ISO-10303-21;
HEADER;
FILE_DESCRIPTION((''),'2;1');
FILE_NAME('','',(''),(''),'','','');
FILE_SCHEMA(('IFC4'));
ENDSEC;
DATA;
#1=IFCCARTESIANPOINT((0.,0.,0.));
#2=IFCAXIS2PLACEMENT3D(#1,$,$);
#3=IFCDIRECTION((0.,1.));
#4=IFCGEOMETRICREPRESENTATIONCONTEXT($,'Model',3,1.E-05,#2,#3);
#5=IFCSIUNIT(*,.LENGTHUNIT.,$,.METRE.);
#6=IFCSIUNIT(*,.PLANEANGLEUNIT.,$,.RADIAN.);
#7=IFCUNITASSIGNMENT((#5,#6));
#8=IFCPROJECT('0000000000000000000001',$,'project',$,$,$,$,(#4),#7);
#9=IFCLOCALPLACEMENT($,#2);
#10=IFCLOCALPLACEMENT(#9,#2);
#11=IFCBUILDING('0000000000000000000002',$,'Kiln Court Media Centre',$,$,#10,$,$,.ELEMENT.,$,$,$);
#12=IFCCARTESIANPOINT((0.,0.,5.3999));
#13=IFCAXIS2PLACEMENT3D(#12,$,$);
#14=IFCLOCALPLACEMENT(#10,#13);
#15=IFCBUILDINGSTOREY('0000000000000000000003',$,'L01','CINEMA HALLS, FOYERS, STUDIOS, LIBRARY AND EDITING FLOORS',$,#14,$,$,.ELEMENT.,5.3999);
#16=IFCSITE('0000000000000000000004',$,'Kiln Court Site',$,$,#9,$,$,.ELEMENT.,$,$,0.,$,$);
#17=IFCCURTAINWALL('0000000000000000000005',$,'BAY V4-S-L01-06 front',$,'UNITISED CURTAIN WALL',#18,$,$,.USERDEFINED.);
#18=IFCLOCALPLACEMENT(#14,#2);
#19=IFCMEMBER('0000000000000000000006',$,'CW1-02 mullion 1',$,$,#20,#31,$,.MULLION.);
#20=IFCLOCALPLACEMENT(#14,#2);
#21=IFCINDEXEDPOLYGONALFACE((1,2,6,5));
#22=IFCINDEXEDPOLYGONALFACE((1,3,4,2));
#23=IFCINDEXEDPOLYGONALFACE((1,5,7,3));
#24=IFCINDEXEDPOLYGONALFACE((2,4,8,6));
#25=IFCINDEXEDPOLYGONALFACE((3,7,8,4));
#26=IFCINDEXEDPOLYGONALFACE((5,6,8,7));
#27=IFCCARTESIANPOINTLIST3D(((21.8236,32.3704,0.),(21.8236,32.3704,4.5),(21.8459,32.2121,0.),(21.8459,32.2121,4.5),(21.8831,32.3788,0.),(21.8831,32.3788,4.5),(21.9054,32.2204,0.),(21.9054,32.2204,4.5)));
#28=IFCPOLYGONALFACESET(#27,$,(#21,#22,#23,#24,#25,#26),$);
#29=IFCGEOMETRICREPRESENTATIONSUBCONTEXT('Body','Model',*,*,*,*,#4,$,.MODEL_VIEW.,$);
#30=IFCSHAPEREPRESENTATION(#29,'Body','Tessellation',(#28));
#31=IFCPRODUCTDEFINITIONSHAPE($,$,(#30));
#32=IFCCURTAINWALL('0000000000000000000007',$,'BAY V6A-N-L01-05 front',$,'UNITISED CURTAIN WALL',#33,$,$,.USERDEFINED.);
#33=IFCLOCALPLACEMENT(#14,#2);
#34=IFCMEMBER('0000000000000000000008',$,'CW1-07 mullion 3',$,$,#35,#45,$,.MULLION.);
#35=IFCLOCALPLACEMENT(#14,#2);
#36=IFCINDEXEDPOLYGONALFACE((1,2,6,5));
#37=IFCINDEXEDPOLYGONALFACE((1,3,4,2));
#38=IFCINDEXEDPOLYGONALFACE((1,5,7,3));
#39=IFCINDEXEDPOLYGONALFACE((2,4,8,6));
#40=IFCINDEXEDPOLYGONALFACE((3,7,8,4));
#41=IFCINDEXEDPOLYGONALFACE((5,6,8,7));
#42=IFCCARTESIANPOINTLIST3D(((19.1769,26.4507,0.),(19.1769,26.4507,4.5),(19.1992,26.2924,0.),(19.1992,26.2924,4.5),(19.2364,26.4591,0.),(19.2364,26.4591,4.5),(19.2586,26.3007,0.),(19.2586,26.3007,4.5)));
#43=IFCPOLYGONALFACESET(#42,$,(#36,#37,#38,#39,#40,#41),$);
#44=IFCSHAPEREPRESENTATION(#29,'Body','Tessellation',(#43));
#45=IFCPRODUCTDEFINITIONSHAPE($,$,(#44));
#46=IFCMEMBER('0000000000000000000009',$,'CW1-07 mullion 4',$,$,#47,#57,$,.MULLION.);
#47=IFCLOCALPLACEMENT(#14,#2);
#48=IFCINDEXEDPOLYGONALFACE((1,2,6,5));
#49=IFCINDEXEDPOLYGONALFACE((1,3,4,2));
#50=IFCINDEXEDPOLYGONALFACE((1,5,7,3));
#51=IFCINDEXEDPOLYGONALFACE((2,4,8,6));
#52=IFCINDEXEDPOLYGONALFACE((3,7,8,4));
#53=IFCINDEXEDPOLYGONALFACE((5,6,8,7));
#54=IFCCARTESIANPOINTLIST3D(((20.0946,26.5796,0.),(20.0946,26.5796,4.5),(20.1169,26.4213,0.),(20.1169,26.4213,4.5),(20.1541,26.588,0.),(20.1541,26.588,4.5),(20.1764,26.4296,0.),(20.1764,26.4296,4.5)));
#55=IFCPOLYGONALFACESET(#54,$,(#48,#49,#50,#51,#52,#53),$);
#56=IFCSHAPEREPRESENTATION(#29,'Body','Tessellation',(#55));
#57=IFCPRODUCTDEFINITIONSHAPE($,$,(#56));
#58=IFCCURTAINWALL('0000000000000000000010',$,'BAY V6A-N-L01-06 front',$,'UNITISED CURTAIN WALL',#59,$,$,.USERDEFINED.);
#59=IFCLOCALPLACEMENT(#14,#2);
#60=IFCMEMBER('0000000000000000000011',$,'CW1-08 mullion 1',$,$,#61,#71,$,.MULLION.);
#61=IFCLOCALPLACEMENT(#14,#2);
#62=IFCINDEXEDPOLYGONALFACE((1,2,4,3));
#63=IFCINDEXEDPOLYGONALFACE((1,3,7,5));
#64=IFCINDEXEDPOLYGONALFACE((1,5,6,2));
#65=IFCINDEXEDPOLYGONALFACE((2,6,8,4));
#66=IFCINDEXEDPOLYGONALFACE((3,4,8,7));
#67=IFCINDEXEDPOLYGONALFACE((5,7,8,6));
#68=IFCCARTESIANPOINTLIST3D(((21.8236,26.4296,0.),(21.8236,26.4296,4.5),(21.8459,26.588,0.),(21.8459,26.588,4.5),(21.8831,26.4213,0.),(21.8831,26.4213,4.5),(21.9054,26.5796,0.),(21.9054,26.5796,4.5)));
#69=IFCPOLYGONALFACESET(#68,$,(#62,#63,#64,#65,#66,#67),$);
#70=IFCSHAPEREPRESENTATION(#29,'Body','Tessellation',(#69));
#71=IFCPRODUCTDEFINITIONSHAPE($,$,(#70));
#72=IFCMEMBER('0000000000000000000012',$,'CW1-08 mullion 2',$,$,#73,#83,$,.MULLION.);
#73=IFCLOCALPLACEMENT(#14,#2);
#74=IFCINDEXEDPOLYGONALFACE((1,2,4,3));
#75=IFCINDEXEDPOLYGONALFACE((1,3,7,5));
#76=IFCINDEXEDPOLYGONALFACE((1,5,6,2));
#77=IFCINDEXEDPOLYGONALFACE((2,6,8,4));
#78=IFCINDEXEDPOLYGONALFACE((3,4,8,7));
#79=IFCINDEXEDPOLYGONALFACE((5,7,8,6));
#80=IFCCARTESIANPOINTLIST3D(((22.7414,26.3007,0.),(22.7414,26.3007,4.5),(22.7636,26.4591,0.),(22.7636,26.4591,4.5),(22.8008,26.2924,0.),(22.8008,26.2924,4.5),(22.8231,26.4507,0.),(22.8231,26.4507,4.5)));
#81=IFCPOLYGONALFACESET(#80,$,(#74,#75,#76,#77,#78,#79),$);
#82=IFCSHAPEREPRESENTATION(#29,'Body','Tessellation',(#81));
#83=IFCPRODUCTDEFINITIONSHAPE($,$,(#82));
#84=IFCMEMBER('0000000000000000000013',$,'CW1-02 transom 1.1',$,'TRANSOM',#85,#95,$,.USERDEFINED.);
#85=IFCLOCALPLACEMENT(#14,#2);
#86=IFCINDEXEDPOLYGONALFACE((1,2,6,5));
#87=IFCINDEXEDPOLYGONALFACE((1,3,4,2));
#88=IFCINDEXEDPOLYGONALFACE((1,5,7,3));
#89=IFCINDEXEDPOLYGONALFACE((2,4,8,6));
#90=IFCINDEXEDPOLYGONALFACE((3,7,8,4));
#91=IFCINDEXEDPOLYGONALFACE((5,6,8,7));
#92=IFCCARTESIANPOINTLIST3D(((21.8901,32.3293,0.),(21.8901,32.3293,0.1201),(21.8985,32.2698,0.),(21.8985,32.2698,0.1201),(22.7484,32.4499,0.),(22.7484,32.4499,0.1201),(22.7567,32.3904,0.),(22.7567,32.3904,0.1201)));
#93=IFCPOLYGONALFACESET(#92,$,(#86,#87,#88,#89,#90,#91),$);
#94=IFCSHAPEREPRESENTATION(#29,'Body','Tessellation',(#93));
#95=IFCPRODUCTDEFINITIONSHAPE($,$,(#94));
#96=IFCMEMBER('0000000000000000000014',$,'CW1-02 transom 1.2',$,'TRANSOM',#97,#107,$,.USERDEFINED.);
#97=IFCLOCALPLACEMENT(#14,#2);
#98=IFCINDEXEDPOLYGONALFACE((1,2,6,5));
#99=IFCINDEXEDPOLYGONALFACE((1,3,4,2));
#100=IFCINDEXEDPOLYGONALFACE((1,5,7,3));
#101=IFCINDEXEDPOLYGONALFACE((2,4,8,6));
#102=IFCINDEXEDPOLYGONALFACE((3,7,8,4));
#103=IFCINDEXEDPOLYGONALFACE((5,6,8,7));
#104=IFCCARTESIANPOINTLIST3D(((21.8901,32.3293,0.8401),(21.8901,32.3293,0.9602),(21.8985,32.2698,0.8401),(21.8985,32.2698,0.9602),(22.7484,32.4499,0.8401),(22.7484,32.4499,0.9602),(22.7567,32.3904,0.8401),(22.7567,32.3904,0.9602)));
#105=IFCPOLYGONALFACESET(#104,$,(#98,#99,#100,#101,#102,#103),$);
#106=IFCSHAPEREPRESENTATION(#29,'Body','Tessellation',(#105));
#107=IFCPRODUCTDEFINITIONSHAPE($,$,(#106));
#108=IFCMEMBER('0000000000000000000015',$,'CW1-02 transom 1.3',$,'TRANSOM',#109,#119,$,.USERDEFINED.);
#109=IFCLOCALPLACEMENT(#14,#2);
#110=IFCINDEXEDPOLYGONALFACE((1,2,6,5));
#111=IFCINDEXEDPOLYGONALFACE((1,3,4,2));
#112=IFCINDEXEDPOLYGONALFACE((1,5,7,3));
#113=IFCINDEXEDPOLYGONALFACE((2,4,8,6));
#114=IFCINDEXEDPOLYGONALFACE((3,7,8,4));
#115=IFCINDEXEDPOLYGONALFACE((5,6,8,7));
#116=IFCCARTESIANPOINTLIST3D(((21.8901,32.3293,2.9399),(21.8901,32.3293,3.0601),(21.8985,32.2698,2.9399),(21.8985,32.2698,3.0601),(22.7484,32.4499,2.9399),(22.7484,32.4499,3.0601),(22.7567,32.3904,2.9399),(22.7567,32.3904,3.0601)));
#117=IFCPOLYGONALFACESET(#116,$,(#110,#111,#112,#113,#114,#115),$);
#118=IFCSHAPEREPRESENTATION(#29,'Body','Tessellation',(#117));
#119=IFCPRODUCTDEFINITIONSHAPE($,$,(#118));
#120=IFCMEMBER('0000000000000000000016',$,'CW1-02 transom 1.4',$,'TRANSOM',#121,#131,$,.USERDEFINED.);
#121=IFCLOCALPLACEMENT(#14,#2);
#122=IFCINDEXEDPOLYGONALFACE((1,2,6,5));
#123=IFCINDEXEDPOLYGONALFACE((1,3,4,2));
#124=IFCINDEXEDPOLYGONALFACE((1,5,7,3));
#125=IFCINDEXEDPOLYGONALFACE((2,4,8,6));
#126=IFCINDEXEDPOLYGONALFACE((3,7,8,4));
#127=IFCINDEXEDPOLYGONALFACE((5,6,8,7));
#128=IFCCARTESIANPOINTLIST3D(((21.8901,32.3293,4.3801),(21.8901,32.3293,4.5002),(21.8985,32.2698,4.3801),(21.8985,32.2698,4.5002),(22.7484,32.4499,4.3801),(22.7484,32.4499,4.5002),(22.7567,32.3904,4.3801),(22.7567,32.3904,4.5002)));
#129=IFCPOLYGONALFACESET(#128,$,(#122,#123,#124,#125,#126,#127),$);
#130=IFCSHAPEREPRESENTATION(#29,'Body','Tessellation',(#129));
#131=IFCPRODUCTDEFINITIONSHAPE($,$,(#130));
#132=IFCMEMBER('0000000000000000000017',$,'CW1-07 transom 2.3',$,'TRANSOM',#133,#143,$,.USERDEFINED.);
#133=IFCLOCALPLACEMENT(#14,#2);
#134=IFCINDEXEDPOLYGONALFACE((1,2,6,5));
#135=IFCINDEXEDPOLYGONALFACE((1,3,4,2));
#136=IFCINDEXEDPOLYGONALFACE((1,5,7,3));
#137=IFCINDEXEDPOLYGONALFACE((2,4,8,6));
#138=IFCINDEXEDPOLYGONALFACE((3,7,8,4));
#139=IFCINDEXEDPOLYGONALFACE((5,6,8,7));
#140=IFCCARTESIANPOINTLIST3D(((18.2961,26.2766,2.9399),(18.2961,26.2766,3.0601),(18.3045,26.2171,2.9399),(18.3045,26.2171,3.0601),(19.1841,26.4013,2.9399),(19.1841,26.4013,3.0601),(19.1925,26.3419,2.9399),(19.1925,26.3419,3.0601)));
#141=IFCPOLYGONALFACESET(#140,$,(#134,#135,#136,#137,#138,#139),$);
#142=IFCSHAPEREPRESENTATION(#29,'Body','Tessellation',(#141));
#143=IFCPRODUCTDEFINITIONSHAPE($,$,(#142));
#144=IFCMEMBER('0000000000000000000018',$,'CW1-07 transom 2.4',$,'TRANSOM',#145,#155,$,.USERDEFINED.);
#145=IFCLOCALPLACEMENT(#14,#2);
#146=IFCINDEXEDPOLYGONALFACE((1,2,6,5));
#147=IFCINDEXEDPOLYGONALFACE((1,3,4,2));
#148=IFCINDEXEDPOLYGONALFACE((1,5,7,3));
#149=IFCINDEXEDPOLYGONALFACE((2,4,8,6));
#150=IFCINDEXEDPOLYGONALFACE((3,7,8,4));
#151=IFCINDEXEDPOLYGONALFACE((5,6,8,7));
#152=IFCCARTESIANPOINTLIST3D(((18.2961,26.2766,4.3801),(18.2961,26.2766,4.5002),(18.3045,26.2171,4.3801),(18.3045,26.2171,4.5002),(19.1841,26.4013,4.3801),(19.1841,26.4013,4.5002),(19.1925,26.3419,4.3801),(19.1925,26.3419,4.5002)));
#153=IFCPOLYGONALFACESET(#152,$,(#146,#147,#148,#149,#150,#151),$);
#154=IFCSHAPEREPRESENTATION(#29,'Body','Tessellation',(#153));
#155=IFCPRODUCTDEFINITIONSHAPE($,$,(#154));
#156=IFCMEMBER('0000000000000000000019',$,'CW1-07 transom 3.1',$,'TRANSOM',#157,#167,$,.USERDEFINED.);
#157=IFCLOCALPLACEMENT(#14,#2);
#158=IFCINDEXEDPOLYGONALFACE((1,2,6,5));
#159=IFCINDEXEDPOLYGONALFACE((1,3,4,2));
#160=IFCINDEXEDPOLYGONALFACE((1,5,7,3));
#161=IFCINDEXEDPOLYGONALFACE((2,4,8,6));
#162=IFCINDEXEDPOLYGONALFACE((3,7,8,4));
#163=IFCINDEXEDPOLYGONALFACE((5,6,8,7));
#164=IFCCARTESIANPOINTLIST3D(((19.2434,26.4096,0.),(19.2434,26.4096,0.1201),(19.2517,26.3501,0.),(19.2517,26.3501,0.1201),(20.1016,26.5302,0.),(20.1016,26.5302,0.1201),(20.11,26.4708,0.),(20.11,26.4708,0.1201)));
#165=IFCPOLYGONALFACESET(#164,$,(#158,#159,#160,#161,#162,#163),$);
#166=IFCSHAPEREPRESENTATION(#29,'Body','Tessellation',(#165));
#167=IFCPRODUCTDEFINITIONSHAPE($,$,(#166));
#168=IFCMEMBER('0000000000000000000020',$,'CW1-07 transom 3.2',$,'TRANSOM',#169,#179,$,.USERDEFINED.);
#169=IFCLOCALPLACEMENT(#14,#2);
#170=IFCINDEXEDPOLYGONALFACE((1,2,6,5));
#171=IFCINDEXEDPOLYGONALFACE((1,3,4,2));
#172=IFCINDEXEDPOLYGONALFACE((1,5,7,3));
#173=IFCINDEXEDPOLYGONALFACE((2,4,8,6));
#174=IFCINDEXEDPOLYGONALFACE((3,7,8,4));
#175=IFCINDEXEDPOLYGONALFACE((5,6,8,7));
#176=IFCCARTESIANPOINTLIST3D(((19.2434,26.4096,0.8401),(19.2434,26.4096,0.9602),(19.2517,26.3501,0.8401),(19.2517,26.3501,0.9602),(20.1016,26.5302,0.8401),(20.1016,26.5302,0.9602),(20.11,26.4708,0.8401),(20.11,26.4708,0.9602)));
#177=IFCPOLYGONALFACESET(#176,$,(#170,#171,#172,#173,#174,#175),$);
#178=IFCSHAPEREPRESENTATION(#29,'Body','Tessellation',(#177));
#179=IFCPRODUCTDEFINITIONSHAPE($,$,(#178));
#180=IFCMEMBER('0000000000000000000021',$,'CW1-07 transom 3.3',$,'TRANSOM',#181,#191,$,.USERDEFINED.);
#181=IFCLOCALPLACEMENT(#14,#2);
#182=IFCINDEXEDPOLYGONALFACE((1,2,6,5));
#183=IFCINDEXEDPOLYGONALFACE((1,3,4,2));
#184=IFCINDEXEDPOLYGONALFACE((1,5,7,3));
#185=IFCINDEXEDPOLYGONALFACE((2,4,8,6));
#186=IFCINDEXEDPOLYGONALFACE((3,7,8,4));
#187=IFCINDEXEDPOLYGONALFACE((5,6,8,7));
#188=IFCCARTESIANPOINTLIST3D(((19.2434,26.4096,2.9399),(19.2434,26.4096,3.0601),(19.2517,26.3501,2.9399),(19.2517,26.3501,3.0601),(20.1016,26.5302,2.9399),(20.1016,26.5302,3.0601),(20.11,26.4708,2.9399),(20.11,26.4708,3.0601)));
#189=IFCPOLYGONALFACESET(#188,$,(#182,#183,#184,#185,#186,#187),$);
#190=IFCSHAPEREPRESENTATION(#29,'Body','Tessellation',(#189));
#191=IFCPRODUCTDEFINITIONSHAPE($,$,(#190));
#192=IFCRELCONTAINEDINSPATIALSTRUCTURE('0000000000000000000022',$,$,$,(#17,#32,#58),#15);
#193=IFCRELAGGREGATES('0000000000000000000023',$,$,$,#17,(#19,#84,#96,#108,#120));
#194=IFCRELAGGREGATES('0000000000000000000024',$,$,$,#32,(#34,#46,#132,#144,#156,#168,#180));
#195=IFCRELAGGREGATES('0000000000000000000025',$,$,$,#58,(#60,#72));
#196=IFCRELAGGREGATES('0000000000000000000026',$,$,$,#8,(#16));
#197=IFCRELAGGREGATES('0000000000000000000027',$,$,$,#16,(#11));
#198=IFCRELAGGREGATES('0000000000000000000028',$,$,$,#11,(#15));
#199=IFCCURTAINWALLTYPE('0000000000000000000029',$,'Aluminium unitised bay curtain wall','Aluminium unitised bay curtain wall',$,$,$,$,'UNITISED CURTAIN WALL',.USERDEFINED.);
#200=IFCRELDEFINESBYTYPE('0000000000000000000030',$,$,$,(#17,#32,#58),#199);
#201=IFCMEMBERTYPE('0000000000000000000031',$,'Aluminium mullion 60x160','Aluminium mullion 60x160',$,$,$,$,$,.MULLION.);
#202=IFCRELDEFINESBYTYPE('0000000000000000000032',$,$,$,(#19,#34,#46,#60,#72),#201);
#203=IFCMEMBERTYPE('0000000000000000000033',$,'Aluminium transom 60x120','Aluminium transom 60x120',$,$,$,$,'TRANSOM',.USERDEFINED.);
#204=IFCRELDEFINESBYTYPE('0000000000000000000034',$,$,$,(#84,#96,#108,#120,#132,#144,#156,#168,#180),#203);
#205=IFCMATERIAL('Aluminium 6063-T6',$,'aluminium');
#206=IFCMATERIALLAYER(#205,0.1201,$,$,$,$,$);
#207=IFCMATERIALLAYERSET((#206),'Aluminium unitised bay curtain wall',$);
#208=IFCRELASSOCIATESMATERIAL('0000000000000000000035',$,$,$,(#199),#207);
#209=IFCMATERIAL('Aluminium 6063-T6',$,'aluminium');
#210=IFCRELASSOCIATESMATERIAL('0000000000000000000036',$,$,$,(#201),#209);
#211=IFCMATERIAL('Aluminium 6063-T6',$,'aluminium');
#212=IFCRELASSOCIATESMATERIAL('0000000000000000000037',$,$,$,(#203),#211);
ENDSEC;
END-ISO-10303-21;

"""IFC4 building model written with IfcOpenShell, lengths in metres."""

from ifc_helpers import new_model, si_unit, direction, frame, origin, origin_2d, place, context, subcontext, project, spatial, rectangle, extrude, material, layer, layer_set, material_profile, profile_set, type_object, element, aggregate, save


model = new_model("IFC4")

# Units and contexts
model_context = context("Model", 3, precision=1e-05, world=origin(), true_north=direction((0.0, 1.0)))
body_context = subcontext(model_context, "Body", "Model", "MODEL_VIEW")
ifc_project = project(units=[si_unit("LENGTHUNIT", "METRE"), si_unit("PLANEANGLEUNIT", "RADIAN")], contexts=[model_context])

# Site, building, storey
site_placement = place(None, origin())
site = spatial("IfcSite", under=ifc_project, at=site_placement, Name="Kiln Court Site", CompositionType="ELEMENT", RefElevation=0.0)
building_placement = place(site_placement, origin())
building = spatial("IfcBuilding", under=site, at=building_placement, Name="Kiln Court Media Centre", CompositionType="ELEMENT")
storey_placement = place(building_placement, frame((0.0, 0.0, 5.3999)))
storey = spatial("IfcBuildingStorey", under=building, at=storey_placement, Name="L01", Description="CINEMA HALLS, FOYERS, STUDIOS, LIBRARY AND EDITING FLOORS", CompositionType="ELEMENT", Elevation=5.3999)

# Curtain wall, member
ifc_material_1 = material(Name="Aluminium 6063-T6", Category="aluminium")
ifc_layer_1 = layer(ifc_material_1, 0.1201)
ifc_layer_set_1 = layer_set([ifc_layer_1], Name="Aluminium unitised bay curtain wall")
curtain_wall_type = type_object("IfcCurtainWallType", Name="Aluminium unitised bay curtain wall", Description="Aluminium unitised bay curtain wall", ElementType="UNITISED CURTAIN WALL", PredefinedType="USERDEFINED", material=ifc_layer_set_1)
curtain_wall_1_placement = place(storey_placement, origin())
curtain_wall_1 = element("IfcCurtainWall", 1, at=curtain_wall_1_placement, inside=storey, type_object=curtain_wall_type, Name="BAY V4-S-L01-06 front", ObjectType="UNITISED CURTAIN WALL", PredefinedType="USERDEFINED")
ifc_material_2 = material(Name="Aluminium 6063-T6", Category="aluminium")
ifc_material_profile_1 = material_profile(ifc_material_2, rectangle(XDim=0.0601, YDim=0.1599, at=origin_2d()), Name="Aluminium mullion 60x160")
ifc_profile_set_1 = profile_set([ifc_material_profile_1], Name="Aluminium 6063-T6")
member_type_1 = type_object("IfcMemberType", Name="Aluminium mullion 60x160", Description="Aluminium mullion 60x160", PredefinedType="MULLION", material=ifc_profile_set_1)
member_1_placement = place(storey_placement, frame((21.8645, 32.2954, 0.0), z_axis=(0.0, 0.0, 1.0), x_axis=(0.99027, 0.139162, 0.0)))
member_1 = element("IfcMember", 2, at=member_1_placement, type_object=member_type_1, Name="CW1-02 mullion 1", PredefinedType="MULLION", context=body_context, shape_type="SweptSolid", body=[
    extrude(rectangle(XDim=0.0601, YDim=0.1599, at=origin_2d()), origin(), (0.0, 0.0, 1.0), 4.5),
])

# Curtain walls, members
curtain_wall_2_placement = place(storey_placement, origin())
curtain_wall_2 = element("IfcCurtainWall", 3, at=curtain_wall_2_placement, inside=storey, type_object=curtain_wall_type, Name="BAY V6A-N-L01-05 front", ObjectType="UNITISED CURTAIN WALL", PredefinedType="USERDEFINED")
member_2_placement = place(storey_placement, frame((19.2178, 26.3757, 0.0), z_axis=(0.0, 0.0, 1.0), x_axis=(0.99027, 0.139162, 0.0)))
member_2 = element("IfcMember", 4, at=member_2_placement, type_object=member_type_1, Name="CW1-07 mullion 3", PredefinedType="MULLION", context=body_context, shape_type="SweptSolid", body=[
    extrude(rectangle(XDim=0.0601, YDim=0.1599, at=origin_2d()), origin(), (0.0, 0.0, 1.0), 4.5),
])
member_3_placement = place(storey_placement, frame((20.1355, 26.5046, 0.0), z_axis=(0.0, 0.0, 1.0), x_axis=(0.99027, 0.139162, 0.0)))
member_3 = element("IfcMember", 5, at=member_3_placement, type_object=member_type_1, Name="CW1-07 mullion 4", PredefinedType="MULLION", context=body_context, shape_type="SweptSolid", body=[
    extrude(rectangle(XDim=0.0601, YDim=0.1599, at=origin_2d()), origin(), (0.0, 0.0, 1.0), 4.5),
])
curtain_wall_3_placement = place(storey_placement, origin())
curtain_wall_3 = element("IfcCurtainWall", 6, at=curtain_wall_3_placement, inside=storey, type_object=curtain_wall_type, Name="BAY V6A-N-L01-06 front", ObjectType="UNITISED CURTAIN WALL", PredefinedType="USERDEFINED")
member_4_placement = place(storey_placement, frame((21.8645, 26.5046, 0.0), z_axis=(0.0, 0.0, 1.0), x_axis=(0.99027, -0.139162, 0.0)))
member_4 = element("IfcMember", 7, at=member_4_placement, type_object=member_type_1, Name="CW1-08 mullion 1", PredefinedType="MULLION", context=body_context, shape_type="SweptSolid", body=[
    extrude(rectangle(XDim=0.0601, YDim=0.1599, at=origin_2d()), origin(), (0.0, 0.0, 1.0), 4.5),
])
member_5_placement = place(storey_placement, frame((22.7822, 26.3757, 0.0), z_axis=(0.0, 0.0, 1.0), x_axis=(0.99027, -0.139162, 0.0)))
member_5 = element("IfcMember", 8, at=member_5_placement, type_object=member_type_1, Name="CW1-08 mullion 2", PredefinedType="MULLION", context=body_context, shape_type="SweptSolid", body=[
    extrude(rectangle(XDim=0.0601, YDim=0.1599, at=origin_2d()), origin(), (0.0, 0.0, 1.0), 4.5),
])

# Members
ifc_material_3 = material(Name="Aluminium 6063-T6", Category="aluminium")
ifc_material_profile_2 = material_profile(ifc_material_3, rectangle(XDim=0.0601, YDim=0.1201, at=origin_2d()), Name="Aluminium transom 60x120")
ifc_profile_set_2 = profile_set([ifc_material_profile_2], Name="Aluminium 6063-T6")
member_type_2 = type_object("IfcMemberType", Name="Aluminium transom 60x120", Description="Aluminium transom 60x120", ElementType="TRANSOM", PredefinedType="USERDEFINED", material=ifc_profile_set_2)
member_6_placement = place(storey_placement, frame((21.8943, 32.2996, 0.0601), z_axis=(0.990268, 0.139173, 0.0), x_axis=(-0.139173, 0.990268, 0.0)))
member_6 = element("IfcMember", 9, at=member_6_placement, type_object=member_type_2, Name="CW1-02 transom 1.1", ObjectType="TRANSOM", PredefinedType="USERDEFINED", context=body_context, shape_type="SweptSolid", body=[
    extrude(rectangle(XDim=0.0601, YDim=0.1201, at=origin_2d()), origin(), (0.0, 0.0, 1.0), 0.8667),
])
member_7_placement = place(storey_placement, frame((21.8943, 32.2996, 0.9001), z_axis=(0.990268, 0.139173, 0.0), x_axis=(-0.139173, 0.990268, 0.0)))
member_7 = element("IfcMember", 10, at=member_7_placement, type_object=member_type_2, Name="CW1-02 transom 1.2", ObjectType="TRANSOM", PredefinedType="USERDEFINED", context=body_context, shape_type="SweptSolid", body=[
    extrude(rectangle(XDim=0.0601, YDim=0.1201, at=origin_2d()), origin(), (0.0, 0.0, 1.0), 0.8667),
])
member_8_placement = place(storey_placement, frame((21.8943, 32.2996, 3.0), z_axis=(0.990268, 0.139173, 0.0), x_axis=(-0.139173, 0.990268, 0.0)))
member_8 = element("IfcMember", 11, at=member_8_placement, type_object=member_type_2, Name="CW1-02 transom 1.3", ObjectType="TRANSOM", PredefinedType="USERDEFINED", context=body_context, shape_type="SweptSolid", body=[
    extrude(rectangle(XDim=0.0601, YDim=0.1201, at=origin_2d()), origin(), (0.0, 0.0, 1.0), 0.8667),
])
member_9_placement = place(storey_placement, frame((21.8943, 32.2996, 4.4402), z_axis=(0.990268, 0.139173, 0.0), x_axis=(-0.139173, 0.990268, 0.0)))
member_9 = element("IfcMember", 12, at=member_9_placement, type_object=member_type_2, Name="CW1-02 transom 1.4", ObjectType="TRANSOM", PredefinedType="USERDEFINED", context=body_context, shape_type="SweptSolid", body=[
    extrude(rectangle(XDim=0.0601, YDim=0.1201, at=origin_2d()), origin(), (0.0, 0.0, 1.0), 0.8667),
])
aggregate(curtain_wall_1, [member_1, member_6, member_7, member_8, member_9])
member_10_placement = place(storey_placement, frame((18.3003, 26.2468, 3.0), z_axis=(0.990274, 0.139134, 0.0), x_axis=(-0.139134, 0.990274, 0.0)))
member_10 = element("IfcMember", 13, at=member_10_placement, type_object=member_type_2, Name="CW1-07 transom 2.3", ObjectType="TRANSOM", PredefinedType="USERDEFINED", context=body_context, shape_type="SweptSolid", body=[
    extrude(rectangle(XDim=0.0601, YDim=0.1201, at=origin_2d()), origin(), (0.0, 0.0, 1.0), 0.8967),
])
member_11_placement = place(storey_placement, frame((18.3003, 26.2468, 4.4402), z_axis=(0.990274, 0.139134, 0.0), x_axis=(-0.139134, 0.990274, 0.0)))
member_11 = element("IfcMember", 14, at=member_11_placement, type_object=member_type_2, Name="CW1-07 transom 2.4", ObjectType="TRANSOM", PredefinedType="USERDEFINED", context=body_context, shape_type="SweptSolid", body=[
    extrude(rectangle(XDim=0.0601, YDim=0.1201, at=origin_2d()), origin(), (0.0, 0.0, 1.0), 0.8967),
])
member_12_placement = place(storey_placement, frame((19.2476, 26.3799, 0.0601), z_axis=(0.990268, 0.139173, 0.0), x_axis=(-0.139173, 0.990268, 0.0)))
member_12 = element("IfcMember", 15, at=member_12_placement, type_object=member_type_2, Name="CW1-07 transom 3.1", ObjectType="TRANSOM", PredefinedType="USERDEFINED", context=body_context, shape_type="SweptSolid", body=[
    extrude(rectangle(XDim=0.0601, YDim=0.1201, at=origin_2d()), origin(), (0.0, 0.0, 1.0), 0.8667),
])
member_13_placement = place(storey_placement, frame((19.2476, 26.3799, 0.9001), z_axis=(0.990268, 0.139173, 0.0), x_axis=(-0.139173, 0.990268, 0.0)))
member_13 = element("IfcMember", 16, at=member_13_placement, type_object=member_type_2, Name="CW1-07 transom 3.2", ObjectType="TRANSOM", PredefinedType="USERDEFINED", context=body_context, shape_type="SweptSolid", body=[
    extrude(rectangle(XDim=0.0601, YDim=0.1201, at=origin_2d()), origin(), (0.0, 0.0, 1.0), 0.8667),
])
member_14_placement = place(storey_placement, frame((19.2476, 26.3799, 3.0), z_axis=(0.990268, 0.139173, 0.0), x_axis=(-0.139173, 0.990268, 0.0)))
member_14 = element("IfcMember", 17, at=member_14_placement, type_object=member_type_2, Name="CW1-07 transom 3.3", ObjectType="TRANSOM", PredefinedType="USERDEFINED", context=body_context, shape_type="SweptSolid", body=[
    extrude(rectangle(XDim=0.0601, YDim=0.1201, at=origin_2d()), origin(), (0.0, 0.0, 1.0), 0.8667),
])

aggregate(curtain_wall_2, [member_2, member_3, member_10, member_11, member_12, member_13, member_14])
aggregate(curtain_wall_3, [member_4, member_5])

save(model, "model.ifc")
